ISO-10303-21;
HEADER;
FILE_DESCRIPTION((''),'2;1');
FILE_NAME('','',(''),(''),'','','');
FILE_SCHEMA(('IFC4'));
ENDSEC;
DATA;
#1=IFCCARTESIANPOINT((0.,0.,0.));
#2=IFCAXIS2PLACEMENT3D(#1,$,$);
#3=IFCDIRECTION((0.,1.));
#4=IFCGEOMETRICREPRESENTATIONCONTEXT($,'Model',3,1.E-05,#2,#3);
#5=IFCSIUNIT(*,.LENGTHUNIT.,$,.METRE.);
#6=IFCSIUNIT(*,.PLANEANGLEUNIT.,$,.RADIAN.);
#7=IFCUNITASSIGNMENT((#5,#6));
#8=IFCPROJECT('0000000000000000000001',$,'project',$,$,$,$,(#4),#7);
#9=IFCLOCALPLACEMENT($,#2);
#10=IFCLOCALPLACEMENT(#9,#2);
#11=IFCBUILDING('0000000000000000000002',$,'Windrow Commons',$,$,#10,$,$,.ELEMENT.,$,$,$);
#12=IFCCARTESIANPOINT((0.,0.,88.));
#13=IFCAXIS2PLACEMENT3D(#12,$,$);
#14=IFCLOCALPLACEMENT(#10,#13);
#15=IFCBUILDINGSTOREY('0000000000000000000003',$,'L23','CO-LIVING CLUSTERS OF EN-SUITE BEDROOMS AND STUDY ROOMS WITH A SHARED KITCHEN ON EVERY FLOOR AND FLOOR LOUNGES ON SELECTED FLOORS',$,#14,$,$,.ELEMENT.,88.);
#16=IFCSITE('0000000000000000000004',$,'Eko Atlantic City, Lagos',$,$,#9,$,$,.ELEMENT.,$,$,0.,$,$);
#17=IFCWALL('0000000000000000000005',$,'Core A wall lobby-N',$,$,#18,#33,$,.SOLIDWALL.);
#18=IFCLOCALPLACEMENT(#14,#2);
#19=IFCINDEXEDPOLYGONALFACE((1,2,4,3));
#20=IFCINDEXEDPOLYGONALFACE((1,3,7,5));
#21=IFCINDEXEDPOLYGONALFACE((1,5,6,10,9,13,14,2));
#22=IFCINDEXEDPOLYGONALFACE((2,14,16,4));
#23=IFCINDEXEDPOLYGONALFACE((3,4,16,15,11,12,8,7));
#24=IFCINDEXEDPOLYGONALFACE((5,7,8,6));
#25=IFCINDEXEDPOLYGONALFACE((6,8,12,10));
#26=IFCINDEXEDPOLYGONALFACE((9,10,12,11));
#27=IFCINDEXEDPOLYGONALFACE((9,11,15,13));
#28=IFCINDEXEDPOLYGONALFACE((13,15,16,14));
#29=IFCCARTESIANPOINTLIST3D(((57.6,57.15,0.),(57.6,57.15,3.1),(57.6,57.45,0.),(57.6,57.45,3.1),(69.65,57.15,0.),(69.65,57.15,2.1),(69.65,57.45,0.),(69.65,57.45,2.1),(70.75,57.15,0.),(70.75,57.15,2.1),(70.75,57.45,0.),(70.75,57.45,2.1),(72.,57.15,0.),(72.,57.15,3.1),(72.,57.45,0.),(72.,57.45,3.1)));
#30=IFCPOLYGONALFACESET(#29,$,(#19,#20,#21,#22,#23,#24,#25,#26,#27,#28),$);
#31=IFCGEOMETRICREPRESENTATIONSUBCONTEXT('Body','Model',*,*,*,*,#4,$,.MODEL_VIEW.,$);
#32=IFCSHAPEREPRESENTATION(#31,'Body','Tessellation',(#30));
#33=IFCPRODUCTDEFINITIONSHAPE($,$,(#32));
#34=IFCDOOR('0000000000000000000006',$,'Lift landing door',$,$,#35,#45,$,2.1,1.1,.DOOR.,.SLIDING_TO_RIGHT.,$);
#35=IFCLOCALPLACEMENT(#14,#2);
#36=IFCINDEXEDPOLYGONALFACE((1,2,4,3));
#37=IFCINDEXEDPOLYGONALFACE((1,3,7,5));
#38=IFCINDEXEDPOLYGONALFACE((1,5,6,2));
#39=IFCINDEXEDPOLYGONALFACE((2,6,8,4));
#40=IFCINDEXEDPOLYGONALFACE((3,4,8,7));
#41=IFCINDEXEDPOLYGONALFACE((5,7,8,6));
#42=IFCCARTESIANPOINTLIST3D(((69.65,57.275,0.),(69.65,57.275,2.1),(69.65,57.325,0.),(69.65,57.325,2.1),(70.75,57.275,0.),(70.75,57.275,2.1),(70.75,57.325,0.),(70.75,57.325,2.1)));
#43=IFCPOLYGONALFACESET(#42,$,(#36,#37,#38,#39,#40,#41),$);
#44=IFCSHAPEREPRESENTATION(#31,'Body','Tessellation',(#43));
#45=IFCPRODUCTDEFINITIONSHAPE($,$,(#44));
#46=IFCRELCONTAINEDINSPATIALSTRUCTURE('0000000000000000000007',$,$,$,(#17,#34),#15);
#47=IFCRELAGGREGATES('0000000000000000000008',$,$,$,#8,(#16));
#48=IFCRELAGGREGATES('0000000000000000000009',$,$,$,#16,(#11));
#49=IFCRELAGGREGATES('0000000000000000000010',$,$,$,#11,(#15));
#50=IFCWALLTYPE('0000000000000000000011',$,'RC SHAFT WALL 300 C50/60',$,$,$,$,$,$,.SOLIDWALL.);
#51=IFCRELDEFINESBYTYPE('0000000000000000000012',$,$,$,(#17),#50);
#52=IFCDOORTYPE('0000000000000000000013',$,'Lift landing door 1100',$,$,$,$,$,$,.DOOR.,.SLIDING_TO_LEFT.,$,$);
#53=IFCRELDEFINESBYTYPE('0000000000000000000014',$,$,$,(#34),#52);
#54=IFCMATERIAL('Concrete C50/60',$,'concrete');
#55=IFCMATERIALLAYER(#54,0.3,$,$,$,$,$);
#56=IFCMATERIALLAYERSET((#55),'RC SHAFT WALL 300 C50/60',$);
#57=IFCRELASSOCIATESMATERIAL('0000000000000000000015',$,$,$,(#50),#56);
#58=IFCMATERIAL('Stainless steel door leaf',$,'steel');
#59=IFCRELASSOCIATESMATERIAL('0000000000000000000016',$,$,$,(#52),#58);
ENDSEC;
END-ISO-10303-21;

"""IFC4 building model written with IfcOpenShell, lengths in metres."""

from ifc_helpers import new_model, si_unit, direction, frame, frame_2d, origin, place, context, subcontext, project, spatial, rectangle, extrude, material, layer, layer_set, type_object, element, fill, save


model = new_model("IFC4")

# Units and contexts
model_context = context("Model", 3, precision=1e-05, world=origin(), true_north=direction((0.0, 1.0)))
body_context = subcontext(model_context, "Body", "Model", "MODEL_VIEW")
ifc_project = project(units=[si_unit("LENGTHUNIT", "METRE"), si_unit("PLANEANGLEUNIT", "RADIAN")], contexts=[model_context])

# Site, building, storey
site_placement = place(None, origin())
site = spatial("IfcSite", under=ifc_project, at=site_placement, Name="Eko Atlantic City, Lagos", CompositionType="ELEMENT", RefElevation=0.0)
building_placement = place(site_placement, origin())
building = spatial("IfcBuilding", under=site, at=building_placement, Name="Windrow Commons", CompositionType="ELEMENT")
storey_placement = place(building_placement, frame((0.0, 0.0, 88.0)))
storey = spatial("IfcBuildingStorey", under=building, at=storey_placement, Name="L23", Description="CO-LIVING CLUSTERS OF EN-SUITE BEDROOMS AND STUDY ROOMS WITH A SHARED KITCHEN ON EVERY FLOOR AND FLOOR LOUNGES ON SELECTED FLOORS", CompositionType="ELEMENT", Elevation=88.0)

# Shared definitions
ifc_material_1 = material(Name="Concrete C50/60", Category="concrete")
ifc_layer_1 = layer(ifc_material_1, 0.3)
ifc_layer_set_1 = layer_set([ifc_layer_1], Name="RC SHAFT WALL 300 C50/60")
wall_type_1 = type_object("IfcWallType", Name="RC SHAFT WALL 300 C50/60", PredefinedType="SOLIDWALL", material=ifc_layer_set_1)
ifc_material_2 = material(Name="Stainless steel door leaf", Category="steel")
door_type_1 = type_object("IfcDoorType", Name="Lift landing door 1100", OperationType="SLIDING_TO_LEFT", PredefinedType="DOOR", material=ifc_material_2)

# Wall, opening, door
wall_1_placement = place(storey_placement, frame((57.6, 57.3, 0.0), z_axis=(0.0, 0.0, 1.0), x_axis=(1.0, 0.0, 0.0)))
wall_1 = element("IfcWall", 1, at=wall_1_placement, inside=storey, type_object=wall_type_1, Name="Core A wall lobby-N", PredefinedType="SOLIDWALL", context=body_context, shape_type="SweptSolid", body=[
    extrude(rectangle(XDim=14.4, YDim=0.3, at=frame_2d((7.2, 0.0))), origin(), (0.0, 0.0, 1.0), 3.1),
])
opening_1_placement = place(wall_1_placement, frame((12.05, 0.0, 0.0)))
opening_1 = element("IfcOpeningElement", 2, at=opening_1_placement, cuts=wall_1, PredefinedType="OPENING", context=body_context, shape_type="SweptSolid", body=[
    extrude(rectangle(XDim=1.1, YDim=2.1, at=frame_2d((0.55, 1.05))), frame((0.0, 0.16, 0.0), z_axis=(0.0, -1.0, 0.0), x_axis=(1.0, 0.0, 0.0)), (0.0, 0.0, 1.0), 0.32),
])
door_1_placement = place(opening_1_placement, origin())
door_1 = element("IfcDoor", 3, at=door_1_placement, inside=storey, type_object=door_type_1, Name="Lift landing door", OperationType="SLIDING_TO_RIGHT", OverallHeight=2.1, OverallWidth=1.1, PredefinedType="DOOR", context=body_context, shape_type="SweptSolid", body=[
    extrude(rectangle(XDim=1.1, YDim=2.1, at=frame_2d((0.55, 1.05))), frame((0.0, 0.025, 0.0), z_axis=(0.0, -1.0, 0.0), x_axis=(1.0, 0.0, 0.0)), (0.0, 0.0, 1.0), 0.05),
])
fill(opening_1, door_1)

save(model, "model.ifc")
